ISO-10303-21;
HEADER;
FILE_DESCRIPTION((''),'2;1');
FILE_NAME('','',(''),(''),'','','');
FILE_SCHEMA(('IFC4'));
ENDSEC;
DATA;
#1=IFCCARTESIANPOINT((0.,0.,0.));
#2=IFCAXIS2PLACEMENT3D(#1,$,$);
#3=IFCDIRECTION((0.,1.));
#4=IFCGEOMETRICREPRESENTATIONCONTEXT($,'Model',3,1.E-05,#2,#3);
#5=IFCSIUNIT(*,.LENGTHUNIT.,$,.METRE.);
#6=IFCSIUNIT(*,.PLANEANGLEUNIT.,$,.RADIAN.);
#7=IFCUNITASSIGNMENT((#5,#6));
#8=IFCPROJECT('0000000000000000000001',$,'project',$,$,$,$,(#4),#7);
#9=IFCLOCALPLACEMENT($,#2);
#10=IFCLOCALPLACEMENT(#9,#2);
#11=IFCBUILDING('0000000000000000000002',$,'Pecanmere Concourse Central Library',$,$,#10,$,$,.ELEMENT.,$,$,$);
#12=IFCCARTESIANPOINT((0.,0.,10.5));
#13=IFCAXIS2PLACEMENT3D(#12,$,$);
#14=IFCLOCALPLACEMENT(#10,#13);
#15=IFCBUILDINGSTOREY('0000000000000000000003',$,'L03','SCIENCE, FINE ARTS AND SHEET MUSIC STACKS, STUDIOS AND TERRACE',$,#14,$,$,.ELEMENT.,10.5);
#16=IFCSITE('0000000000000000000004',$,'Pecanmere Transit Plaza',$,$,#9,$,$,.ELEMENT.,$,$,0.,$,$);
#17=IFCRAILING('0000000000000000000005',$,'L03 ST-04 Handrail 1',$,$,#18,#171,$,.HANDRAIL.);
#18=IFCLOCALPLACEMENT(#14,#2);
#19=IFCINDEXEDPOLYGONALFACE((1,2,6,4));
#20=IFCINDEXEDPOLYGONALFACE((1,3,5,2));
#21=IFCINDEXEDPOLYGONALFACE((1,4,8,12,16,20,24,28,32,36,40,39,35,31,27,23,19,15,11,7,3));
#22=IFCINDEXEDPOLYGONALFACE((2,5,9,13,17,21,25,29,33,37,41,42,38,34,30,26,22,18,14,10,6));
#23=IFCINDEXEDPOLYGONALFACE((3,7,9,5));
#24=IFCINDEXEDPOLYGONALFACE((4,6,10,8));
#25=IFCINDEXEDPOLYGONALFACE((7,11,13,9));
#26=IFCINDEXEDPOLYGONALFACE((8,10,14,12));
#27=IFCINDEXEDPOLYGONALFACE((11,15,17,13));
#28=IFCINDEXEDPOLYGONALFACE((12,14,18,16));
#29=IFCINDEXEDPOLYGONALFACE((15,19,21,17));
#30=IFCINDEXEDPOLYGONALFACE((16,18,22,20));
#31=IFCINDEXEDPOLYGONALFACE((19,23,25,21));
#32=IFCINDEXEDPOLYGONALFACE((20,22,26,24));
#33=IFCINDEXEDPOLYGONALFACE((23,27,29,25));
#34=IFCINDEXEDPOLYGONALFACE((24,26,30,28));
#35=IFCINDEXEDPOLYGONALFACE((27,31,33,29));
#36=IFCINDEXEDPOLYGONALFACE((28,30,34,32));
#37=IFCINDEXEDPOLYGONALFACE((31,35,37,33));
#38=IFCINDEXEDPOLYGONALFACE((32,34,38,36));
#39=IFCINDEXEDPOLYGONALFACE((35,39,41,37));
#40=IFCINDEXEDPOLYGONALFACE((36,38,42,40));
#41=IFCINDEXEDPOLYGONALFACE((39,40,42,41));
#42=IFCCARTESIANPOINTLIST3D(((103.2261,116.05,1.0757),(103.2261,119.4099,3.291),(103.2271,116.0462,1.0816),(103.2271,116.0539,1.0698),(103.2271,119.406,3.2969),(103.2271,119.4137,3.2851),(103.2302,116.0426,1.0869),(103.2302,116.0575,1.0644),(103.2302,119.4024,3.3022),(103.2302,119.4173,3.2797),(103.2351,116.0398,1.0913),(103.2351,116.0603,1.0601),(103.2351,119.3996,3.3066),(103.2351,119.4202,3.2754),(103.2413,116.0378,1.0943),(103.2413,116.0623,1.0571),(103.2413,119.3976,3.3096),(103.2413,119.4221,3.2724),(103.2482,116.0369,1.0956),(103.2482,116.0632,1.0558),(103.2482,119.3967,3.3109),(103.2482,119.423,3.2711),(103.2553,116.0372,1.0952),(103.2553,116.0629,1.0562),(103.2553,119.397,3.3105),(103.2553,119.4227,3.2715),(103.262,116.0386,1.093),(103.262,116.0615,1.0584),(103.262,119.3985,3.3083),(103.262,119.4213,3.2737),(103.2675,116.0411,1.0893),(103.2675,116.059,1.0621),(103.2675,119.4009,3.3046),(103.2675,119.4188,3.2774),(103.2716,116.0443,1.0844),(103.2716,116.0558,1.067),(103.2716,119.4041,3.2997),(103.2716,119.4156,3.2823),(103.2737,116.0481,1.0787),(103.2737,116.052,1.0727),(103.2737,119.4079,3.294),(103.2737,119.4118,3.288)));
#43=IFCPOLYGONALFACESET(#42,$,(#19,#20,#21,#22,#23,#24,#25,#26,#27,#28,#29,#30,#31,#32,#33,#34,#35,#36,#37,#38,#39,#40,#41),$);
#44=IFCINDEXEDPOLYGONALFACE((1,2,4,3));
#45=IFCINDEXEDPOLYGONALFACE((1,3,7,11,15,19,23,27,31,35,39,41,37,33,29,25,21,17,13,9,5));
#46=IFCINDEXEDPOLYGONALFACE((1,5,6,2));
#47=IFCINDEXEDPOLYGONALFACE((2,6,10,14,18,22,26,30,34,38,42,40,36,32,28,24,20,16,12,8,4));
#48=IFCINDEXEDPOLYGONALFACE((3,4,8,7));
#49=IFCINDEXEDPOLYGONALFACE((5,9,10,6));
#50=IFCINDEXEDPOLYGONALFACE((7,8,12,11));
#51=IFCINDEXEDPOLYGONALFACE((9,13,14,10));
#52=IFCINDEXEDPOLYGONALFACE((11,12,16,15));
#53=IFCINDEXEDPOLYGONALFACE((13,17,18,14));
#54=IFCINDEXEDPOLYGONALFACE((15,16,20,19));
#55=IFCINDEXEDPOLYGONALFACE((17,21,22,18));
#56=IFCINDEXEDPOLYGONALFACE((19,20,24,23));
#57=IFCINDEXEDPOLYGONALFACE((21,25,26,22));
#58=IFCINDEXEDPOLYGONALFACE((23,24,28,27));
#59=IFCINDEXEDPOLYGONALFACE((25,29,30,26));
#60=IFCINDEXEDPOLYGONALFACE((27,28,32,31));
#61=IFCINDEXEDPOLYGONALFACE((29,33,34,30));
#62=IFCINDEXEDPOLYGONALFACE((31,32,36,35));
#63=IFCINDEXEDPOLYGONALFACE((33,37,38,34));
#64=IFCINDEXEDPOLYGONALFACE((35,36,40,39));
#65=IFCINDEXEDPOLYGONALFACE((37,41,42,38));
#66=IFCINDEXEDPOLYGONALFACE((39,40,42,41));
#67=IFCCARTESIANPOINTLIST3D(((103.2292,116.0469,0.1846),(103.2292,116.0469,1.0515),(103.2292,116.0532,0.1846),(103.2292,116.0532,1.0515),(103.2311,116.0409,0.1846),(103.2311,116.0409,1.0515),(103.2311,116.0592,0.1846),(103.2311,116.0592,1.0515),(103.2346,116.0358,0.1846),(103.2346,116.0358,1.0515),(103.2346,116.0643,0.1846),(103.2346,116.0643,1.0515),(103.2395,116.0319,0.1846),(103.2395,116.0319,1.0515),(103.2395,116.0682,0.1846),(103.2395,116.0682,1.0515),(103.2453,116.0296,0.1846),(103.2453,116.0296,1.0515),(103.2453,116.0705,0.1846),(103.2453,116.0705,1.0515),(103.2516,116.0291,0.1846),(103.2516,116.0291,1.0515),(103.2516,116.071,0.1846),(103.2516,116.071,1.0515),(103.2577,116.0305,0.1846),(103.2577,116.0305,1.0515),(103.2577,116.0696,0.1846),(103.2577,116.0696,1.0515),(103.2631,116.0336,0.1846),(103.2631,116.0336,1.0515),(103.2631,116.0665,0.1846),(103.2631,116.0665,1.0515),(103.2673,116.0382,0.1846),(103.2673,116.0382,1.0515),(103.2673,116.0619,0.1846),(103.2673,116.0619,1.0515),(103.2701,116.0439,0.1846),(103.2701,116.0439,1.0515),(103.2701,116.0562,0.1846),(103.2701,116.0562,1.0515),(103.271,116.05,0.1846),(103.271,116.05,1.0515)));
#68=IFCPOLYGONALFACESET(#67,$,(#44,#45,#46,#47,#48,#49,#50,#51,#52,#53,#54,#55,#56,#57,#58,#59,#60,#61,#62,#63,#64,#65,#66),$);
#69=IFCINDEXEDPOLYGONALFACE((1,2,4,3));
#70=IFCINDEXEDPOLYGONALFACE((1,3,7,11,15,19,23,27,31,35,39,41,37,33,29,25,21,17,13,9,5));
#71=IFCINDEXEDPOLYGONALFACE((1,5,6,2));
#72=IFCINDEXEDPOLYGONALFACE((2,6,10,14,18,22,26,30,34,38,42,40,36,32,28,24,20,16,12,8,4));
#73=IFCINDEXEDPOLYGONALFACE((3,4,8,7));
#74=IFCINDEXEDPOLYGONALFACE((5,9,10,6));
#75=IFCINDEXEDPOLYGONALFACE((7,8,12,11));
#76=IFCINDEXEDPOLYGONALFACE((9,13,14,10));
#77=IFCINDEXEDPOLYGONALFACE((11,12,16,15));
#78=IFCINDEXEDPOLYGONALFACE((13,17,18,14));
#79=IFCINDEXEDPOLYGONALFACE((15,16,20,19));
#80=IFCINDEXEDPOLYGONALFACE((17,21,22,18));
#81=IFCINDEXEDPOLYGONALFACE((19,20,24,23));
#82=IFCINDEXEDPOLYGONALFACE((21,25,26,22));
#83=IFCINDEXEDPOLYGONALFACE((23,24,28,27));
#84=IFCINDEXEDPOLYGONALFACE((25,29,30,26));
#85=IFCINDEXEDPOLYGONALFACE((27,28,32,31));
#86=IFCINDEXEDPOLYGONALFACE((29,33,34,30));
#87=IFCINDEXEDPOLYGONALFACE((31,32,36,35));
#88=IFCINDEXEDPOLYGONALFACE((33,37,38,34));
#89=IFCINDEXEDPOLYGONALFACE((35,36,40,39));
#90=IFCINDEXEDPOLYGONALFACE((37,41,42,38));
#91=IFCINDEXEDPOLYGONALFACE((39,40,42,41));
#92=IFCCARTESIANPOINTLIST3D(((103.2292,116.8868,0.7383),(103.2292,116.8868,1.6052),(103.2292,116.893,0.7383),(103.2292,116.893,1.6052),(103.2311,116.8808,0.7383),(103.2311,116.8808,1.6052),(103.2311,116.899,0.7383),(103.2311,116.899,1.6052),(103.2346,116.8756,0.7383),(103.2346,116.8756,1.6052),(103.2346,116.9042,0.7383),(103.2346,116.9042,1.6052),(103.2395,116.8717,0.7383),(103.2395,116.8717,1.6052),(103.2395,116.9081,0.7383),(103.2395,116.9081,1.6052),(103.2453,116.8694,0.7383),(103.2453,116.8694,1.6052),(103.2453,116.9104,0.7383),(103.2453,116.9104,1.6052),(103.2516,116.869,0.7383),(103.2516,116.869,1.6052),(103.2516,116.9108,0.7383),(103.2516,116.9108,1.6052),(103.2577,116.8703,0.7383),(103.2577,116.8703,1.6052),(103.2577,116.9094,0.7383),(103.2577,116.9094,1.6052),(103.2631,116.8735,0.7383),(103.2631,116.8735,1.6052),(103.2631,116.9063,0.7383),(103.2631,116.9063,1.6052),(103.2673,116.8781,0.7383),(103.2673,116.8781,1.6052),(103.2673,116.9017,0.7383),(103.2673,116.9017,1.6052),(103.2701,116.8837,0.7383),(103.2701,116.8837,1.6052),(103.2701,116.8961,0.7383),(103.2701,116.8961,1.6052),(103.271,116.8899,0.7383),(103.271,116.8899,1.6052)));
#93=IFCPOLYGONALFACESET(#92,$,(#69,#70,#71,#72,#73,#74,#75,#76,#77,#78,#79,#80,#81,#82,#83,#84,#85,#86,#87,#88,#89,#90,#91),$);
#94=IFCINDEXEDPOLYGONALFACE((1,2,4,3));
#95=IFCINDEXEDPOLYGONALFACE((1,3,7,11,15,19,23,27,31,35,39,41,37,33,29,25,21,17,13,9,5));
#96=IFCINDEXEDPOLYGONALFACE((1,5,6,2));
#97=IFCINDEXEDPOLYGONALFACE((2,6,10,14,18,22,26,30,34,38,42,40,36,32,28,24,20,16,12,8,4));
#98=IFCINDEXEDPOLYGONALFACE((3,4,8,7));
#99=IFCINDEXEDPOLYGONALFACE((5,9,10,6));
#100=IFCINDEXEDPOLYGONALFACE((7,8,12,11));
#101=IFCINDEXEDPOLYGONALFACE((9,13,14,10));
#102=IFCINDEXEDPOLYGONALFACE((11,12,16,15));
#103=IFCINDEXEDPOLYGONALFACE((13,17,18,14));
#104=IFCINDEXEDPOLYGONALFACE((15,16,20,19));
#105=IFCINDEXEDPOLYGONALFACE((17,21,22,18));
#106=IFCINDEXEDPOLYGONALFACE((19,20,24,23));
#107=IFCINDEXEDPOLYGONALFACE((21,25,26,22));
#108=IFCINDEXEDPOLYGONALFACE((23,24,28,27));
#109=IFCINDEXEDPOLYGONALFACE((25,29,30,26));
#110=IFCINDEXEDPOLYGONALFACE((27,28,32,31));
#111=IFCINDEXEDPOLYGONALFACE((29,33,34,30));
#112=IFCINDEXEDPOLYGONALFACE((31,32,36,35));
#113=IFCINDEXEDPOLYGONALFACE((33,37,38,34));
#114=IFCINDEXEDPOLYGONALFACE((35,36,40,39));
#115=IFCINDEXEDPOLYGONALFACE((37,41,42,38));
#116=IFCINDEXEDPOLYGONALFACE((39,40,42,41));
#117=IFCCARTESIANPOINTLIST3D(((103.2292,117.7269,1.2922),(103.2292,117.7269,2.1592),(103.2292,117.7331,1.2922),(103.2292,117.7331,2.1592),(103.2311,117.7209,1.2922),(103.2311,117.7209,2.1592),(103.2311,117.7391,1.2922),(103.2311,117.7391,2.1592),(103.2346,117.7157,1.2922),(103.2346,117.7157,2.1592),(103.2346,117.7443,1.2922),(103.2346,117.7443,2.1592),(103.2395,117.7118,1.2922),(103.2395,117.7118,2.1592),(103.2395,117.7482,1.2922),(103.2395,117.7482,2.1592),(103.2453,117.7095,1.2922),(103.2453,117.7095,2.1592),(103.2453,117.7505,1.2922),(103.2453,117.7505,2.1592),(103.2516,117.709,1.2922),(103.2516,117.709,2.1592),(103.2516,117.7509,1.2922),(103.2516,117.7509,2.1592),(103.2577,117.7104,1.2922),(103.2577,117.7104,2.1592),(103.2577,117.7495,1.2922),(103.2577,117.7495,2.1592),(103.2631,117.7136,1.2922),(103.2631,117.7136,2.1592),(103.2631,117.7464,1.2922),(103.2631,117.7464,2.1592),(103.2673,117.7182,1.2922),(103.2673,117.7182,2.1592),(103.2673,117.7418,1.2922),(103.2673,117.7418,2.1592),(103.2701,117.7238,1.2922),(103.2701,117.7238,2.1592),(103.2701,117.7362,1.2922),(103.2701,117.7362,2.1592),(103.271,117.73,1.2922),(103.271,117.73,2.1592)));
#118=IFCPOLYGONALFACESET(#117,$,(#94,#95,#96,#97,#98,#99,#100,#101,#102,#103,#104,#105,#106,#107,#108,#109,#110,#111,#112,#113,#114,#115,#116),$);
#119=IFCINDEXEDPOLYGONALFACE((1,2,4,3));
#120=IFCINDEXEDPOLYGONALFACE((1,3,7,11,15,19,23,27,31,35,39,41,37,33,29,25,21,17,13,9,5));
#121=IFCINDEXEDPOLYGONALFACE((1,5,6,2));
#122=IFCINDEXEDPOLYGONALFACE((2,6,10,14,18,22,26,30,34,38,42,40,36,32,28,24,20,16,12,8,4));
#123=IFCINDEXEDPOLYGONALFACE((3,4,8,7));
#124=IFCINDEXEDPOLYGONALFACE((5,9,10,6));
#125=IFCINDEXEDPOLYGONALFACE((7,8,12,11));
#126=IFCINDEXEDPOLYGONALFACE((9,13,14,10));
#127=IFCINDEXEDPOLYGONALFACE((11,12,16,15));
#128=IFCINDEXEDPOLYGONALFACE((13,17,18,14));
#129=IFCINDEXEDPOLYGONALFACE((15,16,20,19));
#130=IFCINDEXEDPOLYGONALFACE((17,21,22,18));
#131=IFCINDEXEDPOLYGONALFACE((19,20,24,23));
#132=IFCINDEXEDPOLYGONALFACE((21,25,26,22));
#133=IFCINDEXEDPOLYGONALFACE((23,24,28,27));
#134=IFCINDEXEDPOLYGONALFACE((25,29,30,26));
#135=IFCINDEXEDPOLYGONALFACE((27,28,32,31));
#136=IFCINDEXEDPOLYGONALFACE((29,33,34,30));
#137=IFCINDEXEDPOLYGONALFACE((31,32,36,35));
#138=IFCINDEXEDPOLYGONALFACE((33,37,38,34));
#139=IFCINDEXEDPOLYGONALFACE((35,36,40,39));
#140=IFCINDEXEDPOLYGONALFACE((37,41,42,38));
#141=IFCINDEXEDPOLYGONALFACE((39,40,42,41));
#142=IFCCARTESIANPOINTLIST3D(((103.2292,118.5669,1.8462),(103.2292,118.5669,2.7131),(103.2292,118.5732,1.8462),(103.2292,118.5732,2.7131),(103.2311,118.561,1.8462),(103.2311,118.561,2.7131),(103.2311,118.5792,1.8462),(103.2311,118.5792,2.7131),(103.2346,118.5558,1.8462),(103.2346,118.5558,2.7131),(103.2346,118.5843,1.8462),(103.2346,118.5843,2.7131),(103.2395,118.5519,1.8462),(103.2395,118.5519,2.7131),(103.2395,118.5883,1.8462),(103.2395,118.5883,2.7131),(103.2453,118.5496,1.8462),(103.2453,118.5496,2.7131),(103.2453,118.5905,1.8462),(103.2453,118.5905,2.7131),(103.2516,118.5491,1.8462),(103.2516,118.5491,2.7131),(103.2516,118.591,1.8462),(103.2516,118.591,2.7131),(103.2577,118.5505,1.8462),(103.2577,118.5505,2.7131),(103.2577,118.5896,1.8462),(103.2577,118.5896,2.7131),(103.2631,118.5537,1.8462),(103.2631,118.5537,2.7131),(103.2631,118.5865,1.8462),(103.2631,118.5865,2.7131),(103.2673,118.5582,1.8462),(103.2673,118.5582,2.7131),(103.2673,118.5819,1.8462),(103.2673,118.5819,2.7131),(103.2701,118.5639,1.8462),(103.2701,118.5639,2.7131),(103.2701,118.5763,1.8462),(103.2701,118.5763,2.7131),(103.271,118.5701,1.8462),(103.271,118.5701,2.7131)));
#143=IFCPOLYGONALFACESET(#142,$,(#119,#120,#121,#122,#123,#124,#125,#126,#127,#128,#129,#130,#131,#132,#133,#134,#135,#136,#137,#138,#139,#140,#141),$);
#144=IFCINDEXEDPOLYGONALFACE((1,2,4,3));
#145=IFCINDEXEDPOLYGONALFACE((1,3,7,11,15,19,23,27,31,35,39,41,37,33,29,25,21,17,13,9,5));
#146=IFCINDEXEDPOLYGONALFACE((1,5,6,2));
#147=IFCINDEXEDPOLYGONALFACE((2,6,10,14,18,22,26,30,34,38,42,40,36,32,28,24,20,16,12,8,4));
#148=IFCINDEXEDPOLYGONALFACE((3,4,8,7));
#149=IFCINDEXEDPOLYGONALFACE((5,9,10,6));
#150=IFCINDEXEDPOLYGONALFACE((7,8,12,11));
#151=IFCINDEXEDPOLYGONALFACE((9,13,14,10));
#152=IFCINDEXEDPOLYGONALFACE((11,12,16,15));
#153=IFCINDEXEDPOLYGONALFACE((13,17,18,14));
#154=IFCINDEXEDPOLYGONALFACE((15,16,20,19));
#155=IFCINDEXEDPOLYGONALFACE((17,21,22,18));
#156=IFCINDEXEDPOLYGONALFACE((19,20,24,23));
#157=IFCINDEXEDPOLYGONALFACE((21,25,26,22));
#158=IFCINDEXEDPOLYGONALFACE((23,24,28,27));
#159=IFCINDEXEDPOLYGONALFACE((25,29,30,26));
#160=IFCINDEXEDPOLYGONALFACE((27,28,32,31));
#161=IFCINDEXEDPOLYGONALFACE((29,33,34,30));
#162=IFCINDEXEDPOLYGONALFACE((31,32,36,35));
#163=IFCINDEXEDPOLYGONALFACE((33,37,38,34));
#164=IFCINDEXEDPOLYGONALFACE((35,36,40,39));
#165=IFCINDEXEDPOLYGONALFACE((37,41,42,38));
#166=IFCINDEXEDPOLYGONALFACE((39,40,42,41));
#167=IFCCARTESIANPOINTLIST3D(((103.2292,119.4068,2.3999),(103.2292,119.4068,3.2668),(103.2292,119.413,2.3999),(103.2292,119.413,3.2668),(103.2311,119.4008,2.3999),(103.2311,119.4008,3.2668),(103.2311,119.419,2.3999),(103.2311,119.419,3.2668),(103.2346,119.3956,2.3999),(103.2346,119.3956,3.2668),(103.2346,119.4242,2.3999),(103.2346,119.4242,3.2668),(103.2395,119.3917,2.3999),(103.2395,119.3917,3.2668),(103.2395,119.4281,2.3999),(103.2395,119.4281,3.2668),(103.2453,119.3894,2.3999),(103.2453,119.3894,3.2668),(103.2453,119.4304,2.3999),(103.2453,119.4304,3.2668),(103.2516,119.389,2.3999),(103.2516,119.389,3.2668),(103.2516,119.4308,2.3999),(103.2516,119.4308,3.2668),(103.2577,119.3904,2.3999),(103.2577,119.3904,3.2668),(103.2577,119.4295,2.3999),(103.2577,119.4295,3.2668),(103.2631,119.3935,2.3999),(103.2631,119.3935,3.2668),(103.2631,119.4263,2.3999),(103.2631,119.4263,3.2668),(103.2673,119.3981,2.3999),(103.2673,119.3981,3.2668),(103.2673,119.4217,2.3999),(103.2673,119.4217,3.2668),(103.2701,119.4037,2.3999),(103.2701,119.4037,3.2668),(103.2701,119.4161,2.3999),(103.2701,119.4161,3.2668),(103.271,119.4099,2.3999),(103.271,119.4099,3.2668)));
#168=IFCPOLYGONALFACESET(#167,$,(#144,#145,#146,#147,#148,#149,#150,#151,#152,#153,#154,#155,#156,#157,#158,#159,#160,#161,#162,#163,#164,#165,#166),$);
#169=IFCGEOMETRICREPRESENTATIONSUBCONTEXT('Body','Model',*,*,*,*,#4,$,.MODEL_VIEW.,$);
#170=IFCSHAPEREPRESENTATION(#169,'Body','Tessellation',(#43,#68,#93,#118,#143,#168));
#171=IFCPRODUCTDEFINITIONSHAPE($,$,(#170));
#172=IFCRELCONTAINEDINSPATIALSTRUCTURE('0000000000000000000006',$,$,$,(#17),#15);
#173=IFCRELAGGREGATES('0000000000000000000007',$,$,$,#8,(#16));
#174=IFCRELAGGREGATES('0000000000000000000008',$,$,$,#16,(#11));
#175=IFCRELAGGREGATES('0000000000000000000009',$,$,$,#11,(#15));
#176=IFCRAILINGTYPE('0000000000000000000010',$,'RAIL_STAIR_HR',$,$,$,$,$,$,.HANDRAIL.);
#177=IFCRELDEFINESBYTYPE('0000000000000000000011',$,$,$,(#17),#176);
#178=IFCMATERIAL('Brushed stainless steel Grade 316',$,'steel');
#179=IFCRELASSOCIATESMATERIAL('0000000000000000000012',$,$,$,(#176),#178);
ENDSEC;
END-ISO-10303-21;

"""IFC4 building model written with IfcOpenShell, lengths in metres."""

from ifc_helpers import new_model, si_unit, direction, frame, origin, origin_2d, place, context, subcontext, project, spatial, circle, extrude, material, type_object, element, save


model = new_model("IFC4")

# Units and contexts
model_context = context("Model", 3, precision=1e-05, world=origin(), true_north=direction((0.0, 1.0)))
body_context = subcontext(model_context, "Body", "Model", "MODEL_VIEW")
ifc_project = project(units=[si_unit("LENGTHUNIT", "METRE"), si_unit("PLANEANGLEUNIT", "RADIAN")], contexts=[model_context])

# Site, building, storey
site_placement = place(None, origin())
site = spatial("IfcSite", under=ifc_project, at=site_placement, Name="Pecanmere Transit Plaza", CompositionType="ELEMENT", RefElevation=0.0)
building_placement = place(site_placement, origin())
building = spatial("IfcBuilding", under=site, at=building_placement, Name="Pecanmere Concourse Central Library", CompositionType="ELEMENT")
storey_placement = place(building_placement, frame((0.0, 0.0, 10.5)))
storey = spatial("IfcBuildingStorey", under=building, at=storey_placement, Name="L03", Description="SCIENCE, FINE ARTS AND SHEET MUSIC STACKS, STUDIOS AND TERRACE", CompositionType="ELEMENT", Elevation=10.5)

# Railing
ifc_material_1 = material(Name="Brushed stainless steel Grade 316", Category="steel")
railing_type_1 = type_object("IfcRailingType", Name="RAIL_STAIR_HR", PredefinedType="HANDRAIL", material=ifc_material_1)
railing_1_placement = place(storey_placement, frame((103.25, 116.05, 0.1846)))
element("IfcRailing", 1, at=railing_1_placement, inside=storey, type_object=railing_type_1, Name="L03 ST-04 Handrail 1", PredefinedType="HANDRAIL", context=body_context, shape_type="SweptSolid", body=[
    extrude(circle(Radius=0.0239, at=origin_2d()), frame((0.0, 0.0, 0.8911), z_axis=(0.0, 0.834858, 0.550465), x_axis=(-1.0, 0.0, 0.0)), (0.0, 0.0, 1.0), 4.0244),
    extrude(circle(Radius=0.021, at=origin_2d()), origin(), (0.0, 0.0, 1.0), 0.8669),
    extrude(circle(Radius=0.021, at=origin_2d()), frame((0.0, 0.8398, 0.5537)), (0.0, 0.0, 1.0), 0.8669),
    extrude(circle(Radius=0.021, at=origin_2d()), frame((0.0, 1.6799, 1.1077)), (0.0, 0.0, 1.0), 0.8669),
    extrude(circle(Radius=0.021, at=origin_2d()), frame((0.0, 2.52, 1.6616)), (0.0, 0.0, 1.0), 0.8669),
    extrude(circle(Radius=0.021, at=origin_2d()), frame((0.0, 3.3599, 2.2153)), (0.0, 0.0, 1.0), 0.8669),
])

save(model, "model.ifc")
